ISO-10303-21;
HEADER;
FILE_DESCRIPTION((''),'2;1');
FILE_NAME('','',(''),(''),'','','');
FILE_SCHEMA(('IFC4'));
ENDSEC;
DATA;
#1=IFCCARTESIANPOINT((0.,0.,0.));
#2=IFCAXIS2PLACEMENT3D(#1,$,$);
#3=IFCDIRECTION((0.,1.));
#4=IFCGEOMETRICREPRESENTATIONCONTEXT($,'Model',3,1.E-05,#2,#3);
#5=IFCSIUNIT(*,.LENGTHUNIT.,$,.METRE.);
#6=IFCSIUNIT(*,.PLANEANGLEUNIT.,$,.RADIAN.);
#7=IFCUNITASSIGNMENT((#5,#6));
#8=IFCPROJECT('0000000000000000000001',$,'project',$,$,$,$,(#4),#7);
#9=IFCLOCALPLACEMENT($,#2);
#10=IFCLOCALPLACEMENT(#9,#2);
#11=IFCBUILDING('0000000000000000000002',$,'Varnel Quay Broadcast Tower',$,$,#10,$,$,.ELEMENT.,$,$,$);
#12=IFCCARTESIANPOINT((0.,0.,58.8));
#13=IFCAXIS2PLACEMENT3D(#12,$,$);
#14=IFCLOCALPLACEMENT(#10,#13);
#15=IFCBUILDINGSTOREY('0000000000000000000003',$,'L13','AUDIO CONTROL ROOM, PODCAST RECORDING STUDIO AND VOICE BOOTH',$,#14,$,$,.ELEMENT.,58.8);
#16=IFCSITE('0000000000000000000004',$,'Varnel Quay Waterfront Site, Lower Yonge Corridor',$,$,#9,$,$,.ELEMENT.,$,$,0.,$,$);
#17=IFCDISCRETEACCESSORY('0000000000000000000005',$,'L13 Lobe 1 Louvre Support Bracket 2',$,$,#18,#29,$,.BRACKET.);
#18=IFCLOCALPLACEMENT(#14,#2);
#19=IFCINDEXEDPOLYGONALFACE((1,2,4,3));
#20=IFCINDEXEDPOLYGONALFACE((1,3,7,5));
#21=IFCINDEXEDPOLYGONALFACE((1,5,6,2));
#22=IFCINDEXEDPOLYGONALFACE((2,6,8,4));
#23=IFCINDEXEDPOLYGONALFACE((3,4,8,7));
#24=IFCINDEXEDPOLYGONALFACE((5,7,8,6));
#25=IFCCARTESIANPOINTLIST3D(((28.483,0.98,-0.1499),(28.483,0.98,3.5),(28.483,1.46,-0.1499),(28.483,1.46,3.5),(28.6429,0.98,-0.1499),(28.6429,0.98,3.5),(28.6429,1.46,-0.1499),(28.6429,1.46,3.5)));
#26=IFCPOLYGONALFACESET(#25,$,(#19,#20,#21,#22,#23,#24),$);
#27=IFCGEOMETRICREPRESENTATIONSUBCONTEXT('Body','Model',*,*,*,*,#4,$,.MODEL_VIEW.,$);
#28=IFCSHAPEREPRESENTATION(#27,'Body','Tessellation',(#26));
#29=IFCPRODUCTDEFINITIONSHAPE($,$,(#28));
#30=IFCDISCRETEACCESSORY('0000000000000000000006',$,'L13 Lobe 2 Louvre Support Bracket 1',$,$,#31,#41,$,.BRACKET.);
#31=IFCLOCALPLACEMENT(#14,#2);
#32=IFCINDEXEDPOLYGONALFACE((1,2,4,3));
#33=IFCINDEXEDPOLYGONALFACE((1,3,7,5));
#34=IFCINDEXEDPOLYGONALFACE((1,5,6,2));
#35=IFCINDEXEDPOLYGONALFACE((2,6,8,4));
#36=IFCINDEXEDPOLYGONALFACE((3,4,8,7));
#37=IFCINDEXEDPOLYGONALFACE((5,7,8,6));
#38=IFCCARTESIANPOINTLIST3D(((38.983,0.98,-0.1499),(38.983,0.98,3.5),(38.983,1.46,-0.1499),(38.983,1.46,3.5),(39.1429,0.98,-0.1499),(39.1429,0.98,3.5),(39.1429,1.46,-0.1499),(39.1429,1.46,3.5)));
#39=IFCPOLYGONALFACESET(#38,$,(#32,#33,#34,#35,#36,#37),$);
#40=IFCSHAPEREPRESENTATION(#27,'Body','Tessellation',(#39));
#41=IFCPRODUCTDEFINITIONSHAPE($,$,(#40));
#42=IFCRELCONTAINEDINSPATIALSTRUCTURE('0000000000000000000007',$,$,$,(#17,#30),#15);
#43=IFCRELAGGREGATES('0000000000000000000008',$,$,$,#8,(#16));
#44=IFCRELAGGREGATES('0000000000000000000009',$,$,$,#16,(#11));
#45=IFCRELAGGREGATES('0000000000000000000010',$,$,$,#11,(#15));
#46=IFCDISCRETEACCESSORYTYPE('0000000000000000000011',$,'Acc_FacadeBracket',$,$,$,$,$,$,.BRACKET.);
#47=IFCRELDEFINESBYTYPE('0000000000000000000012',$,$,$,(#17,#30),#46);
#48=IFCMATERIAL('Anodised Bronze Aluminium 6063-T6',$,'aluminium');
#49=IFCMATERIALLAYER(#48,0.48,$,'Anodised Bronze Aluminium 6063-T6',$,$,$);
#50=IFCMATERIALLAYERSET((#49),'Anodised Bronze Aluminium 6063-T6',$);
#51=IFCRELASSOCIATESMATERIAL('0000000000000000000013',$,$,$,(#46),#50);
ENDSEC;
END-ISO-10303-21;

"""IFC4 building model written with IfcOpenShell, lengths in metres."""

from ifc_helpers import new_model, si_unit, direction, frame, origin, origin_2d, place, context, subcontext, project, spatial, rectangle, extrude, source, transform, mapped, material, layer, layer_set, type_object, type_shapes, element, save


model = new_model("IFC4")

# Units and contexts
model_context = context("Model", 3, precision=1e-05, world=origin(), true_north=direction((0.0, 1.0)))
body_context = subcontext(model_context, "Body", "Model", "MODEL_VIEW")
ifc_project = project(units=[si_unit("LENGTHUNIT", "METRE"), si_unit("PLANEANGLEUNIT", "RADIAN")], contexts=[model_context])

# Site, building, storey
site_placement = place(None, origin())
site = spatial("IfcSite", under=ifc_project, at=site_placement, Name="Varnel Quay Waterfront Site, Lower Yonge Corridor", CompositionType="ELEMENT", RefElevation=0.0)
building_placement = place(site_placement, origin())
building = spatial("IfcBuilding", under=site, at=building_placement, Name="Varnel Quay Broadcast Tower", CompositionType="ELEMENT")
storey_placement = place(building_placement, frame((0.0, 0.0, 58.8)))
storey = spatial("IfcBuildingStorey", under=building, at=storey_placement, Name="L13", Description="AUDIO CONTROL ROOM, PODCAST RECORDING STUDIO AND VOICE BOOTH", CompositionType="ELEMENT", Elevation=58.8)

# Shared definitions
ifc_material_1 = material(Name="Anodised Bronze Aluminium 6063-T6", Category="aluminium")

# Discrete accessories
ifc_layer_1 = layer(ifc_material_1, 0.48, Name="Anodised Bronze Aluminium 6063-T6")
ifc_layer_set_1 = layer_set([ifc_layer_1], Name="Anodised Bronze Aluminium 6063-T6")
discrete_accessory_type = type_object("IfcDiscreteAccessoryType", Name="Acc_FacadeBracket", PredefinedType="BRACKET", material=ifc_layer_set_1)
shared_shape_1 = source(origin(), body_context, "Body", "SweptSolid", [
    extrude(rectangle(XDim=0.1599, YDim=0.48, at=origin_2d()), origin(), (0.0, 0.0, 1.0), 3.6499),
])
type_shapes(discrete_accessory_type, [shared_shape_1])
for number, where, z_axis, x_axis, name in (
    (1, (28.563, 1.22, -0.1499), (0.0, 0.0, 1.0), (1.0, 0.0, 0.0), "L13 Lobe 1 Louvre Support Bracket 2"),
    (2, (39.063, 1.22, -0.1499), (0.0, 0.0, 1.0), (1.0, 0.0, 0.0), "L13 Lobe 2 Louvre Support Bracket 1"),
):
    element("IfcDiscreteAccessory", number, at=place(storey_placement, frame(where, z_axis=z_axis, x_axis=x_axis)), inside=storey, type_object=discrete_accessory_type, Name=name, PredefinedType="BRACKET", context=body_context, shape_type="MappedRepresentation", body=[
        mapped(shared_shape_1, transform((0.0, 0.0, 0.0), x_axis=(1.0, 0.0, 0.0), y_axis=(0.0, 1.0, 0.0), z_axis=(0.0, 0.0, 1.0), scale=1.0)),
    ])

save(model, "model.ifc")
